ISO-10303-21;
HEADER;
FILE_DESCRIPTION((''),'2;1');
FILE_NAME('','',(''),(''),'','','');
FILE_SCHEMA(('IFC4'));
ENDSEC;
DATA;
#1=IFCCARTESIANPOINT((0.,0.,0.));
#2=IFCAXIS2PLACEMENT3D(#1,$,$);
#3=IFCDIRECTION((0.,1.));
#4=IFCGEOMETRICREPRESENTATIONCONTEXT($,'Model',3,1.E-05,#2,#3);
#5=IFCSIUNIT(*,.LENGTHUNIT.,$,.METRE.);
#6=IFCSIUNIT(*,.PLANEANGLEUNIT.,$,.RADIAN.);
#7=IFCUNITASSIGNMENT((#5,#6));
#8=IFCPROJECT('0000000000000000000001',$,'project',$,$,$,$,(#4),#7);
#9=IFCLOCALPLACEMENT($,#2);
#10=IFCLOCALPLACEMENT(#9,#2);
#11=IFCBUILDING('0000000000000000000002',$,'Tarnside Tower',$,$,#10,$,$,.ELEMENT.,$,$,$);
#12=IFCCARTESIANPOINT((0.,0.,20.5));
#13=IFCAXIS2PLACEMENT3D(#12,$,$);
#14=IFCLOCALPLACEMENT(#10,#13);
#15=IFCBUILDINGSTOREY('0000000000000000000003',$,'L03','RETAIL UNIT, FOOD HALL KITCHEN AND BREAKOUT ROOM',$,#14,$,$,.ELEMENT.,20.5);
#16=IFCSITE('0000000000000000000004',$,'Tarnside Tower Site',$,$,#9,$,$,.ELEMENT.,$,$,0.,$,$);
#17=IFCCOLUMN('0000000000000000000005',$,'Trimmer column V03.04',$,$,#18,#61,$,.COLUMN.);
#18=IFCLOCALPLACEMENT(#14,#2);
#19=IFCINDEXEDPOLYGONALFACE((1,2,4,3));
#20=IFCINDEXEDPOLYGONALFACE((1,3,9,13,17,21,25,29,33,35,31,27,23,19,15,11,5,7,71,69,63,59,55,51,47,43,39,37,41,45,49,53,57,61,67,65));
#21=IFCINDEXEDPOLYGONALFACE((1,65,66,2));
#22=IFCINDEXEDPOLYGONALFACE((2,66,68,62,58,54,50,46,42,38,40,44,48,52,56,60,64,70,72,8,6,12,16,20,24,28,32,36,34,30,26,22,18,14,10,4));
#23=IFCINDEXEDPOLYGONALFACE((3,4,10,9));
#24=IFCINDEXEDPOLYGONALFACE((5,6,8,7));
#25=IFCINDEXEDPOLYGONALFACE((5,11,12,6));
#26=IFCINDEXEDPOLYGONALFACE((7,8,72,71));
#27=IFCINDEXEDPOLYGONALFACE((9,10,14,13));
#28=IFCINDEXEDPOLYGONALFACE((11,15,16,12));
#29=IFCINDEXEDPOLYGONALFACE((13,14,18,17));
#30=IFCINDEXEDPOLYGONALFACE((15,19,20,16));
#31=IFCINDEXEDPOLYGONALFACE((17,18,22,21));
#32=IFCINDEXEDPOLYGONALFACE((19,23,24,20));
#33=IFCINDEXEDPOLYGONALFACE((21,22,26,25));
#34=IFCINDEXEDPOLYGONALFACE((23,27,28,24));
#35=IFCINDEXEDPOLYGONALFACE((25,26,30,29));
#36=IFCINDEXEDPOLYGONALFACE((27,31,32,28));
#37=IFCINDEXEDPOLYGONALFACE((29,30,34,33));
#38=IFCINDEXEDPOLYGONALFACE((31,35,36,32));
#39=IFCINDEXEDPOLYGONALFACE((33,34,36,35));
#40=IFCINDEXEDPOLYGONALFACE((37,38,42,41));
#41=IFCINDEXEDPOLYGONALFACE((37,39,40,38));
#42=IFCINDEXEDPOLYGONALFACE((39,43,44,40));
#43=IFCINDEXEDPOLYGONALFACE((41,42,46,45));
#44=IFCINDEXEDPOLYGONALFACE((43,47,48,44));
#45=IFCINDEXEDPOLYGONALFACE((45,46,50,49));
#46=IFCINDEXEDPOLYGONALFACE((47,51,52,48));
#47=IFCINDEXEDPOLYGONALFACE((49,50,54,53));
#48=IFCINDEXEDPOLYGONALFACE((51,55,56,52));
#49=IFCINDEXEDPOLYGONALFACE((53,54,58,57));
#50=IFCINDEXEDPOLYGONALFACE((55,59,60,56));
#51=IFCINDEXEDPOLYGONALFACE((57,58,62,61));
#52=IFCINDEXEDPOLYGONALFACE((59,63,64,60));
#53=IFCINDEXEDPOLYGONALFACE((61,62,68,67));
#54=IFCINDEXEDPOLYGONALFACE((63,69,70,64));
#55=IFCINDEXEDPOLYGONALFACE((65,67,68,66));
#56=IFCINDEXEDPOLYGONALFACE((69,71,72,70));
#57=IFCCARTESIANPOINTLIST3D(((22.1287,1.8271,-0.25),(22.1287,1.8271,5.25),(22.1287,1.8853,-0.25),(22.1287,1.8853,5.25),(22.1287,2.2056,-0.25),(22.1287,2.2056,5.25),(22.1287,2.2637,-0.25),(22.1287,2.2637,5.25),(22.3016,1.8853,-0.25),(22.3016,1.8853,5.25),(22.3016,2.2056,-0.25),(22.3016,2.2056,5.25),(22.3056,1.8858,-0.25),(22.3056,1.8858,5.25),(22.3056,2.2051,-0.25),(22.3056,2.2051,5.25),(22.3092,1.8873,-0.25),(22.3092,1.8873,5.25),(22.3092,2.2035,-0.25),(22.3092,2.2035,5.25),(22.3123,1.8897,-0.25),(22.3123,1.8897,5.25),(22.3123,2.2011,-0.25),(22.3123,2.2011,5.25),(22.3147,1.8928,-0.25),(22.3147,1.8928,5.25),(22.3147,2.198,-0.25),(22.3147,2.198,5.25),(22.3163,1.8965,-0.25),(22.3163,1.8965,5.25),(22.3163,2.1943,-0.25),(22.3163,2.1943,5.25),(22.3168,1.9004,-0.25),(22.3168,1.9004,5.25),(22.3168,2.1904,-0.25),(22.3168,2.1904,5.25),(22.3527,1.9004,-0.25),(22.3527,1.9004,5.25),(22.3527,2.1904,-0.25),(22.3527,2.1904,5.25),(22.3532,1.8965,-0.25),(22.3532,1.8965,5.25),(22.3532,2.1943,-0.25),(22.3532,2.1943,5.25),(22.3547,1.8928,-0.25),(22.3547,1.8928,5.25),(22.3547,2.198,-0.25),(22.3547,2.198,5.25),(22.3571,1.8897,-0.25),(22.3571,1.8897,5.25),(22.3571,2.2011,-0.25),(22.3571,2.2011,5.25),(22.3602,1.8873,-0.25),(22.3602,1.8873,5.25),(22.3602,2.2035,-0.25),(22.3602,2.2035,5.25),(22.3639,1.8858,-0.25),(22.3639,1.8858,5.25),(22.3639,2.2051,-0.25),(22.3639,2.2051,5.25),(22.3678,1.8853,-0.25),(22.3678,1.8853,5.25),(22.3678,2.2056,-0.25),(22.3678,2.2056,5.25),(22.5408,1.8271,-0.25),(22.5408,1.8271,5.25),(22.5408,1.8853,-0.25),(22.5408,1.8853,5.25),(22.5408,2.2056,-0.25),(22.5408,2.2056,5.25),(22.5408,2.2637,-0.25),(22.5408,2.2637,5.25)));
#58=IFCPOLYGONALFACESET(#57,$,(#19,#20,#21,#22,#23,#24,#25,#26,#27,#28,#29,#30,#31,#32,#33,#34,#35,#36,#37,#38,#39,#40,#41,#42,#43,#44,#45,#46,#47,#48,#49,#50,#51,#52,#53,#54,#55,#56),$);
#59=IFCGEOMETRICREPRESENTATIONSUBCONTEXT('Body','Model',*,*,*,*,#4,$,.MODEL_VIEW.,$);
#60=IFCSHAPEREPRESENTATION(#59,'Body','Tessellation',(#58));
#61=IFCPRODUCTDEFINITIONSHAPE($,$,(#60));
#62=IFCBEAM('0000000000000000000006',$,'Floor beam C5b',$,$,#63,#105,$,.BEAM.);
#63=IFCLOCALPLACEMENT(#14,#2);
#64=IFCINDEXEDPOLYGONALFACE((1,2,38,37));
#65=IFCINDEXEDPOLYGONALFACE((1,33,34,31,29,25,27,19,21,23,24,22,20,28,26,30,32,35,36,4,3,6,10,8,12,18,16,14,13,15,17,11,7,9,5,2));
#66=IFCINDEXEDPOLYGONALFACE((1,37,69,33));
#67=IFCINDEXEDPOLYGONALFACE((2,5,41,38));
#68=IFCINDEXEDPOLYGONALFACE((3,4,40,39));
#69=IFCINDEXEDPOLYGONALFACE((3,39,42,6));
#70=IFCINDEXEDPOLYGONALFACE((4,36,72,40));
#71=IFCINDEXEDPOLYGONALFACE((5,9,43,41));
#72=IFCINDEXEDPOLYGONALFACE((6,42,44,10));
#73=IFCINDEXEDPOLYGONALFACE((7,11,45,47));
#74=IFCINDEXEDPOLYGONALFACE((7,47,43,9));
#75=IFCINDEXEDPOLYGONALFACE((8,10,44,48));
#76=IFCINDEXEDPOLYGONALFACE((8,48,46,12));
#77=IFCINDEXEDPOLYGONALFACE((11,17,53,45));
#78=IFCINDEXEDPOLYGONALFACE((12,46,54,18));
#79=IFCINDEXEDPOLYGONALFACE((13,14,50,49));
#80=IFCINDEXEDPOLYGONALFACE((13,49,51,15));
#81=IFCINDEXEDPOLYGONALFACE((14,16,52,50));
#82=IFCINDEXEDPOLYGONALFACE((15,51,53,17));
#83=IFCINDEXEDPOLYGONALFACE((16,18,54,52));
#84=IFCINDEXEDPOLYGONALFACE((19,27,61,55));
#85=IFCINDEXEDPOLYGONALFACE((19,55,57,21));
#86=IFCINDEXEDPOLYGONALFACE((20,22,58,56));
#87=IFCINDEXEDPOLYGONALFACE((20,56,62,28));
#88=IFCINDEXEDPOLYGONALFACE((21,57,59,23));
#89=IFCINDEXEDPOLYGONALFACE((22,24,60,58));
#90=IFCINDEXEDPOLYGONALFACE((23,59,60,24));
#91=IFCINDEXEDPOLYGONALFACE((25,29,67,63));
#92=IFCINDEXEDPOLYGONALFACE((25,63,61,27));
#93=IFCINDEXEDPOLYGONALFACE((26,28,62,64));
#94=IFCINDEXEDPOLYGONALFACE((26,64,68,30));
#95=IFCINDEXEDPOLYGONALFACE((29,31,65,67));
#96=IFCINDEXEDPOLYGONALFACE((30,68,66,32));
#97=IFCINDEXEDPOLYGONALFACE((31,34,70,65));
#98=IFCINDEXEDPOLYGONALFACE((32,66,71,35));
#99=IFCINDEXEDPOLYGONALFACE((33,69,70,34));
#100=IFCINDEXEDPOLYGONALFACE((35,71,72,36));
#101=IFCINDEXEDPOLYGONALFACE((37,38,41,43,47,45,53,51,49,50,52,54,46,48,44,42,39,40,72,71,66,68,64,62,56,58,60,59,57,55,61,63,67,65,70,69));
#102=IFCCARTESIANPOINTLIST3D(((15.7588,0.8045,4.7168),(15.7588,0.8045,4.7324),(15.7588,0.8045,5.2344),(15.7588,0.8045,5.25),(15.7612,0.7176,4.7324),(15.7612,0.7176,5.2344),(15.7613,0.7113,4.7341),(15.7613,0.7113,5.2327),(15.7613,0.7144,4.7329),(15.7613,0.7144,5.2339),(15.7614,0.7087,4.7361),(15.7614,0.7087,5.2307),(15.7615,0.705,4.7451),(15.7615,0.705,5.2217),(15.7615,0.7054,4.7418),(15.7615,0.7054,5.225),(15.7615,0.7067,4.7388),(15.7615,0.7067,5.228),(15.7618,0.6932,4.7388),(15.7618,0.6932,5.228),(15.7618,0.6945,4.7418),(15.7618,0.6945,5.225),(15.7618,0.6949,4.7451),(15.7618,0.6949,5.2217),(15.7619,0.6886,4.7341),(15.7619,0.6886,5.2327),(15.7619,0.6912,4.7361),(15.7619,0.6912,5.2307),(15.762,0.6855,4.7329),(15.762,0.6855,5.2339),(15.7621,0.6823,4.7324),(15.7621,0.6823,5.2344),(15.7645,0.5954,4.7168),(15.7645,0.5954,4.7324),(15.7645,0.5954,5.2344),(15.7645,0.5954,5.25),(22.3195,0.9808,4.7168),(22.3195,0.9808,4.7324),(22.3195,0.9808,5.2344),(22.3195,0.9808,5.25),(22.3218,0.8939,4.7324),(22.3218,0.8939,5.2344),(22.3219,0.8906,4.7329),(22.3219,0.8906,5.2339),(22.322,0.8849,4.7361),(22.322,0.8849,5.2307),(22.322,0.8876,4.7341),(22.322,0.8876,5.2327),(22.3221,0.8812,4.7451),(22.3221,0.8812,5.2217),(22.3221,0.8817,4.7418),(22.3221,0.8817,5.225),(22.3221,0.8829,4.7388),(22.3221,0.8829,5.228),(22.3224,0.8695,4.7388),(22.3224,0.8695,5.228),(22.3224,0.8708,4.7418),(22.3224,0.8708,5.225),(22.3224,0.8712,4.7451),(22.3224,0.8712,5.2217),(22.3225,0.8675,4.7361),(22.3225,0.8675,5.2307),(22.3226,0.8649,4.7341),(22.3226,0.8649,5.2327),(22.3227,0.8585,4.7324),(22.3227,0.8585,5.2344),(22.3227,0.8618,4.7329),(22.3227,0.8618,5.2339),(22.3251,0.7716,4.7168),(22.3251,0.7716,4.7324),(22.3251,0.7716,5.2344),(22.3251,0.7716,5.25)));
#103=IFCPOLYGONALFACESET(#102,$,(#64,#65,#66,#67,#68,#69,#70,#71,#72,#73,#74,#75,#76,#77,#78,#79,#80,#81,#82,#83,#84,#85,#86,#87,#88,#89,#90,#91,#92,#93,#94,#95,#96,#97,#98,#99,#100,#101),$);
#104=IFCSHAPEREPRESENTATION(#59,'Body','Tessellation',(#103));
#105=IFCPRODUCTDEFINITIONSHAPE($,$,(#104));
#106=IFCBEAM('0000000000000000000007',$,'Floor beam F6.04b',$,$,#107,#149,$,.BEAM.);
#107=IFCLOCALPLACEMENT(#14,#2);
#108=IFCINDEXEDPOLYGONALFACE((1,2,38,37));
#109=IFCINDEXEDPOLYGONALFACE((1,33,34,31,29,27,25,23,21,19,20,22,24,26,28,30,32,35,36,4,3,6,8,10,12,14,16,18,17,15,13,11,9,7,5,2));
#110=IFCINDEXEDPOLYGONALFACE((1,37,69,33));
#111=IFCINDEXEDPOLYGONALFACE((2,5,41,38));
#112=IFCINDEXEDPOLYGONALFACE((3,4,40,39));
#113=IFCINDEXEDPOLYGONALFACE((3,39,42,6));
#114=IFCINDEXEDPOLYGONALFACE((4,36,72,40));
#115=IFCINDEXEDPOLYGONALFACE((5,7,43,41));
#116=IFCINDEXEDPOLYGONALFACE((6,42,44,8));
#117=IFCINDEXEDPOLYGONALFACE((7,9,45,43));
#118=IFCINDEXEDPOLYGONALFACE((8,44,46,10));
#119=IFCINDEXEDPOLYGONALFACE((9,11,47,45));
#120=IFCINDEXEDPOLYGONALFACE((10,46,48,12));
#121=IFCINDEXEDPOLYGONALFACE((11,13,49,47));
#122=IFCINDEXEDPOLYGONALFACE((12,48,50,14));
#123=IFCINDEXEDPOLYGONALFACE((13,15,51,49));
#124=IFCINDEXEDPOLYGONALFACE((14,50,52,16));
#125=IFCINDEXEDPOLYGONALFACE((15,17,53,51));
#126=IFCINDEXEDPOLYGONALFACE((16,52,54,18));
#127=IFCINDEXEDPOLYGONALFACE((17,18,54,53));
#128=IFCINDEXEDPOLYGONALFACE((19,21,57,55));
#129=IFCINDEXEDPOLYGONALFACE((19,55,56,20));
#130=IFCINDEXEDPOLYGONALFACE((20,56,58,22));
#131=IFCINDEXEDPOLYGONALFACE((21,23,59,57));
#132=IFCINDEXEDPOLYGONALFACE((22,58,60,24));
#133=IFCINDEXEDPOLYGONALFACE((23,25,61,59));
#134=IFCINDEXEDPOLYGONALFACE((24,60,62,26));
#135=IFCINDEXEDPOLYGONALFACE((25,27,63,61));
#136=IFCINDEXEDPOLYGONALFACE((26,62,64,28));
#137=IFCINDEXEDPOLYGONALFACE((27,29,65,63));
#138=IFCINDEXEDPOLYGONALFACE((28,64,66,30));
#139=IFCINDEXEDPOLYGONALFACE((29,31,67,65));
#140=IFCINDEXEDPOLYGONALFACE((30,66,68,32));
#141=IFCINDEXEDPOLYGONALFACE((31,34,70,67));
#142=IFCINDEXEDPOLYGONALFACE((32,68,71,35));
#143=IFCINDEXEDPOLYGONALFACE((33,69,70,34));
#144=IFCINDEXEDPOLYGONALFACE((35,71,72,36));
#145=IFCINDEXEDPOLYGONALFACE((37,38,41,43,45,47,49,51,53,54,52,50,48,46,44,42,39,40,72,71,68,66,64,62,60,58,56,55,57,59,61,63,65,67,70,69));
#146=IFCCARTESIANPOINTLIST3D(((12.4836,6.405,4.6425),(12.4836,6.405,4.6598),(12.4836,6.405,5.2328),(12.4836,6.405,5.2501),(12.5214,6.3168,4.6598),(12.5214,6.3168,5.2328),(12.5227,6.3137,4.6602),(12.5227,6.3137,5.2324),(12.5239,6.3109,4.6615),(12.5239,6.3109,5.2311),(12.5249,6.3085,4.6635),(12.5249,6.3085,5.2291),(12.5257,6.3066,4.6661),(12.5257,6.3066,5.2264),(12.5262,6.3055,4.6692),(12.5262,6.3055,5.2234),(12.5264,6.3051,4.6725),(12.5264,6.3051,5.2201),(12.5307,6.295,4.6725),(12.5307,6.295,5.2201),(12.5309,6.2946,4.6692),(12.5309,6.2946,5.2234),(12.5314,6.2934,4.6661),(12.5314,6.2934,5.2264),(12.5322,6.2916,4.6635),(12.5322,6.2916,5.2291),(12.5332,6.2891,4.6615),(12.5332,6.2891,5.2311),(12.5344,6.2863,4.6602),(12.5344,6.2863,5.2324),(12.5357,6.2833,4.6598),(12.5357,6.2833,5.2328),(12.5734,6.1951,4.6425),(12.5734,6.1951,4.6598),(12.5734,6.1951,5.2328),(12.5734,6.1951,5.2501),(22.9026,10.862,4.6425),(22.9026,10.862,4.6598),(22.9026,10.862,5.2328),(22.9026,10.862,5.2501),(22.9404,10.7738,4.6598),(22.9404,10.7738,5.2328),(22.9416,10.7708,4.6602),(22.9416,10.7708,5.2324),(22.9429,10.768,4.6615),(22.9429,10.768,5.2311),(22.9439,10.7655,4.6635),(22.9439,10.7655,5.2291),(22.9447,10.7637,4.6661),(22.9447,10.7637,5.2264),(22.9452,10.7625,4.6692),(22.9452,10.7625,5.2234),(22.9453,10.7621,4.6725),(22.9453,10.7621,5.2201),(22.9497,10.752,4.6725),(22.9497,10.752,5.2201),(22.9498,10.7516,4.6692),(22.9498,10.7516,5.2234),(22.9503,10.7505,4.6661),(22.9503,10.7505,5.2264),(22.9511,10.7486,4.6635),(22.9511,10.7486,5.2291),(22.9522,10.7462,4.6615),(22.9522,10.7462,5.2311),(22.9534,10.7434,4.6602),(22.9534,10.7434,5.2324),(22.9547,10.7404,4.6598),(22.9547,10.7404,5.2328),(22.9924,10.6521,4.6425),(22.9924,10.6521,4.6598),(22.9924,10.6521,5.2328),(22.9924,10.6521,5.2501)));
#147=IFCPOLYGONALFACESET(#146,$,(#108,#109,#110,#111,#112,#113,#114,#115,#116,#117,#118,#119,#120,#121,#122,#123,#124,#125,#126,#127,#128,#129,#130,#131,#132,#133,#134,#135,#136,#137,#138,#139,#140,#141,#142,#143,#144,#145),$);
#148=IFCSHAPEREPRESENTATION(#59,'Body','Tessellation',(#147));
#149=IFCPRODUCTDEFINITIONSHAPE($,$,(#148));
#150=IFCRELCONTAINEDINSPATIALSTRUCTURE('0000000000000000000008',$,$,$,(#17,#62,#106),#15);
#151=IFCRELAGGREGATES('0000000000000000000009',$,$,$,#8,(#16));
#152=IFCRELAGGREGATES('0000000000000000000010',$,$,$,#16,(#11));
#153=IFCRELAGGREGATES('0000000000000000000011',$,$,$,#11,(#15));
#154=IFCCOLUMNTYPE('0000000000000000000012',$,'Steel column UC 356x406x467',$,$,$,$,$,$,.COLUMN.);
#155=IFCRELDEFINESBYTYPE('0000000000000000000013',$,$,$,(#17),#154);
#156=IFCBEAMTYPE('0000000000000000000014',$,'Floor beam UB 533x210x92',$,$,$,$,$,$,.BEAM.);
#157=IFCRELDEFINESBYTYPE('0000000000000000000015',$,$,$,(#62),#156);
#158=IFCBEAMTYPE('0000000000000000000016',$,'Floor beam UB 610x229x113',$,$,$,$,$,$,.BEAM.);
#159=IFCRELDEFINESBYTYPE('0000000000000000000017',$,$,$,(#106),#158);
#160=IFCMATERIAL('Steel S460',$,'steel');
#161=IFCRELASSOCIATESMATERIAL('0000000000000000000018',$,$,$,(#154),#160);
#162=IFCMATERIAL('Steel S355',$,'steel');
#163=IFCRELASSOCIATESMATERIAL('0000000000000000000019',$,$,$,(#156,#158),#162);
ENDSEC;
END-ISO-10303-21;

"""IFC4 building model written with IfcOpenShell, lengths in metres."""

from ifc_helpers import new_model, si_unit, direction, frame, origin, origin_2d, place, context, subcontext, project, spatial, i_section, extrude, material, material_profile, profile_set, type_object, element, save


model = new_model("IFC4")

# Units and contexts
model_context = context("Model", 3, precision=1e-05, world=origin(), true_north=direction((0.0, 1.0)))
body_context = subcontext(model_context, "Body", "Model", "MODEL_VIEW")
ifc_project = project(units=[si_unit("LENGTHUNIT", "METRE"), si_unit("PLANEANGLEUNIT", "RADIAN")], contexts=[model_context])

# Site, building, storey
site_placement = place(None, origin())
site = spatial("IfcSite", under=ifc_project, at=site_placement, Name="Tarnside Tower Site", CompositionType="ELEMENT", RefElevation=0.0)
building_placement = place(site_placement, origin())
building = spatial("IfcBuilding", under=site, at=building_placement, Name="Tarnside Tower", CompositionType="ELEMENT")
storey_placement = place(building_placement, frame((0.0, 0.0, 20.5)))
storey = spatial("IfcBuildingStorey", under=building, at=storey_placement, Name="L03", Description="RETAIL UNIT, FOOD HALL KITCHEN AND BREAKOUT ROOM", CompositionType="ELEMENT", Elevation=20.5)

# Column
ifc_material_1 = material(Name="Steel S460", Category="steel")
ifc_material_profile_1 = material_profile(ifc_material_1, i_section(OverallWidth=0.4121, OverallDepth=0.4365, WebThickness=0.0359, FlangeThickness=0.0581, FilletRadius=0.0151, at=origin_2d()), Name="UC 356x406x467")
ifc_profile_set_1 = profile_set([ifc_material_profile_1], Name="Steel S460")
column_type = type_object("IfcColumnType", Name="Steel column UC 356x406x467", PredefinedType="COLUMN", material=ifc_profile_set_1)
column_placement = place(storey_placement, frame((22.3347, 2.0454, -0.25), z_axis=(0.0, 0.0, 1.0), x_axis=(1.0, 0.0, 0.0)))
element("IfcColumn", 1, at=column_placement, inside=storey, type_object=column_type, Name="Trimmer column V03.04", PredefinedType="COLUMN", context=body_context, shape_type="SweptSolid", body=[
    extrude(i_section(OverallWidth=0.4121, OverallDepth=0.4365, WebThickness=0.0359, FlangeThickness=0.0581, FilletRadius=0.0151, at=origin_2d()), origin(), (0.0, 0.0, 1.0), 5.5),
])

# Beams
ifc_material_2 = material(Name="Steel S355", Category="steel")
ifc_material_profile_2 = material_profile(ifc_material_2, i_section(OverallWidth=0.2092, OverallDepth=0.5332, WebThickness=0.01, FlangeThickness=0.0156, FilletRadius=0.0127, at=origin_2d()), Name="UB 533x210x92")
ifc_profile_set_2 = profile_set([ifc_material_profile_2], Name="Steel S355")
beam_type_1 = type_object("IfcBeamType", Name="Floor beam UB 533x210x92", PredefinedType="BEAM", material=ifc_profile_set_2)
beam_1_placement = place(storey_placement, frame((22.3223, 0.8762, 4.9834), z_axis=(-0.999639, -0.026858, 0.0), x_axis=(0.026858, -0.999639, 0.0)))
element("IfcBeam", 2, at=beam_1_placement, inside=storey, type_object=beam_type_1, Name="Floor beam C5b", PredefinedType="BEAM", context=body_context, shape_type="SweptSolid", body=[
    extrude(i_section(OverallWidth=0.2092, OverallDepth=0.5332, WebThickness=0.01, FlangeThickness=0.0156, FilletRadius=0.0127, at=origin_2d()), origin(), (0.0, 0.0, 1.0), 6.563),
])
ifc_material_profile_3 = material_profile(ifc_material_2, i_section(OverallWidth=0.2283, OverallDepth=0.6077, WebThickness=0.011, FlangeThickness=0.0173, FilletRadius=0.0127, at=origin_2d()), Name="UB 610x229x113")
ifc_profile_set_3 = profile_set([ifc_material_profile_3], Name="Steel S355")
beam_type_2 = type_object("IfcBeamType", Name="Floor beam UB 610x229x113", PredefinedType="BEAM", material=ifc_profile_set_3)
beam_2_placement = place(storey_placement, frame((22.9475, 10.7571, 4.9463), z_axis=(-0.919408, -0.393306, 0.0), x_axis=(0.393306, -0.919408, 0.0)))
element("IfcBeam", 3, at=beam_2_placement, inside=storey, type_object=beam_type_2, Name="Floor beam F6.04b", PredefinedType="BEAM", context=body_context, shape_type="SweptSolid", body=[
    extrude(i_section(OverallWidth=0.2283, OverallDepth=0.6077, WebThickness=0.011, FlangeThickness=0.0173, FilletRadius=0.0127, at=origin_2d()), origin(), (0.0, 0.0, 1.0), 11.3323),
])

save(model, "model.ifc")
